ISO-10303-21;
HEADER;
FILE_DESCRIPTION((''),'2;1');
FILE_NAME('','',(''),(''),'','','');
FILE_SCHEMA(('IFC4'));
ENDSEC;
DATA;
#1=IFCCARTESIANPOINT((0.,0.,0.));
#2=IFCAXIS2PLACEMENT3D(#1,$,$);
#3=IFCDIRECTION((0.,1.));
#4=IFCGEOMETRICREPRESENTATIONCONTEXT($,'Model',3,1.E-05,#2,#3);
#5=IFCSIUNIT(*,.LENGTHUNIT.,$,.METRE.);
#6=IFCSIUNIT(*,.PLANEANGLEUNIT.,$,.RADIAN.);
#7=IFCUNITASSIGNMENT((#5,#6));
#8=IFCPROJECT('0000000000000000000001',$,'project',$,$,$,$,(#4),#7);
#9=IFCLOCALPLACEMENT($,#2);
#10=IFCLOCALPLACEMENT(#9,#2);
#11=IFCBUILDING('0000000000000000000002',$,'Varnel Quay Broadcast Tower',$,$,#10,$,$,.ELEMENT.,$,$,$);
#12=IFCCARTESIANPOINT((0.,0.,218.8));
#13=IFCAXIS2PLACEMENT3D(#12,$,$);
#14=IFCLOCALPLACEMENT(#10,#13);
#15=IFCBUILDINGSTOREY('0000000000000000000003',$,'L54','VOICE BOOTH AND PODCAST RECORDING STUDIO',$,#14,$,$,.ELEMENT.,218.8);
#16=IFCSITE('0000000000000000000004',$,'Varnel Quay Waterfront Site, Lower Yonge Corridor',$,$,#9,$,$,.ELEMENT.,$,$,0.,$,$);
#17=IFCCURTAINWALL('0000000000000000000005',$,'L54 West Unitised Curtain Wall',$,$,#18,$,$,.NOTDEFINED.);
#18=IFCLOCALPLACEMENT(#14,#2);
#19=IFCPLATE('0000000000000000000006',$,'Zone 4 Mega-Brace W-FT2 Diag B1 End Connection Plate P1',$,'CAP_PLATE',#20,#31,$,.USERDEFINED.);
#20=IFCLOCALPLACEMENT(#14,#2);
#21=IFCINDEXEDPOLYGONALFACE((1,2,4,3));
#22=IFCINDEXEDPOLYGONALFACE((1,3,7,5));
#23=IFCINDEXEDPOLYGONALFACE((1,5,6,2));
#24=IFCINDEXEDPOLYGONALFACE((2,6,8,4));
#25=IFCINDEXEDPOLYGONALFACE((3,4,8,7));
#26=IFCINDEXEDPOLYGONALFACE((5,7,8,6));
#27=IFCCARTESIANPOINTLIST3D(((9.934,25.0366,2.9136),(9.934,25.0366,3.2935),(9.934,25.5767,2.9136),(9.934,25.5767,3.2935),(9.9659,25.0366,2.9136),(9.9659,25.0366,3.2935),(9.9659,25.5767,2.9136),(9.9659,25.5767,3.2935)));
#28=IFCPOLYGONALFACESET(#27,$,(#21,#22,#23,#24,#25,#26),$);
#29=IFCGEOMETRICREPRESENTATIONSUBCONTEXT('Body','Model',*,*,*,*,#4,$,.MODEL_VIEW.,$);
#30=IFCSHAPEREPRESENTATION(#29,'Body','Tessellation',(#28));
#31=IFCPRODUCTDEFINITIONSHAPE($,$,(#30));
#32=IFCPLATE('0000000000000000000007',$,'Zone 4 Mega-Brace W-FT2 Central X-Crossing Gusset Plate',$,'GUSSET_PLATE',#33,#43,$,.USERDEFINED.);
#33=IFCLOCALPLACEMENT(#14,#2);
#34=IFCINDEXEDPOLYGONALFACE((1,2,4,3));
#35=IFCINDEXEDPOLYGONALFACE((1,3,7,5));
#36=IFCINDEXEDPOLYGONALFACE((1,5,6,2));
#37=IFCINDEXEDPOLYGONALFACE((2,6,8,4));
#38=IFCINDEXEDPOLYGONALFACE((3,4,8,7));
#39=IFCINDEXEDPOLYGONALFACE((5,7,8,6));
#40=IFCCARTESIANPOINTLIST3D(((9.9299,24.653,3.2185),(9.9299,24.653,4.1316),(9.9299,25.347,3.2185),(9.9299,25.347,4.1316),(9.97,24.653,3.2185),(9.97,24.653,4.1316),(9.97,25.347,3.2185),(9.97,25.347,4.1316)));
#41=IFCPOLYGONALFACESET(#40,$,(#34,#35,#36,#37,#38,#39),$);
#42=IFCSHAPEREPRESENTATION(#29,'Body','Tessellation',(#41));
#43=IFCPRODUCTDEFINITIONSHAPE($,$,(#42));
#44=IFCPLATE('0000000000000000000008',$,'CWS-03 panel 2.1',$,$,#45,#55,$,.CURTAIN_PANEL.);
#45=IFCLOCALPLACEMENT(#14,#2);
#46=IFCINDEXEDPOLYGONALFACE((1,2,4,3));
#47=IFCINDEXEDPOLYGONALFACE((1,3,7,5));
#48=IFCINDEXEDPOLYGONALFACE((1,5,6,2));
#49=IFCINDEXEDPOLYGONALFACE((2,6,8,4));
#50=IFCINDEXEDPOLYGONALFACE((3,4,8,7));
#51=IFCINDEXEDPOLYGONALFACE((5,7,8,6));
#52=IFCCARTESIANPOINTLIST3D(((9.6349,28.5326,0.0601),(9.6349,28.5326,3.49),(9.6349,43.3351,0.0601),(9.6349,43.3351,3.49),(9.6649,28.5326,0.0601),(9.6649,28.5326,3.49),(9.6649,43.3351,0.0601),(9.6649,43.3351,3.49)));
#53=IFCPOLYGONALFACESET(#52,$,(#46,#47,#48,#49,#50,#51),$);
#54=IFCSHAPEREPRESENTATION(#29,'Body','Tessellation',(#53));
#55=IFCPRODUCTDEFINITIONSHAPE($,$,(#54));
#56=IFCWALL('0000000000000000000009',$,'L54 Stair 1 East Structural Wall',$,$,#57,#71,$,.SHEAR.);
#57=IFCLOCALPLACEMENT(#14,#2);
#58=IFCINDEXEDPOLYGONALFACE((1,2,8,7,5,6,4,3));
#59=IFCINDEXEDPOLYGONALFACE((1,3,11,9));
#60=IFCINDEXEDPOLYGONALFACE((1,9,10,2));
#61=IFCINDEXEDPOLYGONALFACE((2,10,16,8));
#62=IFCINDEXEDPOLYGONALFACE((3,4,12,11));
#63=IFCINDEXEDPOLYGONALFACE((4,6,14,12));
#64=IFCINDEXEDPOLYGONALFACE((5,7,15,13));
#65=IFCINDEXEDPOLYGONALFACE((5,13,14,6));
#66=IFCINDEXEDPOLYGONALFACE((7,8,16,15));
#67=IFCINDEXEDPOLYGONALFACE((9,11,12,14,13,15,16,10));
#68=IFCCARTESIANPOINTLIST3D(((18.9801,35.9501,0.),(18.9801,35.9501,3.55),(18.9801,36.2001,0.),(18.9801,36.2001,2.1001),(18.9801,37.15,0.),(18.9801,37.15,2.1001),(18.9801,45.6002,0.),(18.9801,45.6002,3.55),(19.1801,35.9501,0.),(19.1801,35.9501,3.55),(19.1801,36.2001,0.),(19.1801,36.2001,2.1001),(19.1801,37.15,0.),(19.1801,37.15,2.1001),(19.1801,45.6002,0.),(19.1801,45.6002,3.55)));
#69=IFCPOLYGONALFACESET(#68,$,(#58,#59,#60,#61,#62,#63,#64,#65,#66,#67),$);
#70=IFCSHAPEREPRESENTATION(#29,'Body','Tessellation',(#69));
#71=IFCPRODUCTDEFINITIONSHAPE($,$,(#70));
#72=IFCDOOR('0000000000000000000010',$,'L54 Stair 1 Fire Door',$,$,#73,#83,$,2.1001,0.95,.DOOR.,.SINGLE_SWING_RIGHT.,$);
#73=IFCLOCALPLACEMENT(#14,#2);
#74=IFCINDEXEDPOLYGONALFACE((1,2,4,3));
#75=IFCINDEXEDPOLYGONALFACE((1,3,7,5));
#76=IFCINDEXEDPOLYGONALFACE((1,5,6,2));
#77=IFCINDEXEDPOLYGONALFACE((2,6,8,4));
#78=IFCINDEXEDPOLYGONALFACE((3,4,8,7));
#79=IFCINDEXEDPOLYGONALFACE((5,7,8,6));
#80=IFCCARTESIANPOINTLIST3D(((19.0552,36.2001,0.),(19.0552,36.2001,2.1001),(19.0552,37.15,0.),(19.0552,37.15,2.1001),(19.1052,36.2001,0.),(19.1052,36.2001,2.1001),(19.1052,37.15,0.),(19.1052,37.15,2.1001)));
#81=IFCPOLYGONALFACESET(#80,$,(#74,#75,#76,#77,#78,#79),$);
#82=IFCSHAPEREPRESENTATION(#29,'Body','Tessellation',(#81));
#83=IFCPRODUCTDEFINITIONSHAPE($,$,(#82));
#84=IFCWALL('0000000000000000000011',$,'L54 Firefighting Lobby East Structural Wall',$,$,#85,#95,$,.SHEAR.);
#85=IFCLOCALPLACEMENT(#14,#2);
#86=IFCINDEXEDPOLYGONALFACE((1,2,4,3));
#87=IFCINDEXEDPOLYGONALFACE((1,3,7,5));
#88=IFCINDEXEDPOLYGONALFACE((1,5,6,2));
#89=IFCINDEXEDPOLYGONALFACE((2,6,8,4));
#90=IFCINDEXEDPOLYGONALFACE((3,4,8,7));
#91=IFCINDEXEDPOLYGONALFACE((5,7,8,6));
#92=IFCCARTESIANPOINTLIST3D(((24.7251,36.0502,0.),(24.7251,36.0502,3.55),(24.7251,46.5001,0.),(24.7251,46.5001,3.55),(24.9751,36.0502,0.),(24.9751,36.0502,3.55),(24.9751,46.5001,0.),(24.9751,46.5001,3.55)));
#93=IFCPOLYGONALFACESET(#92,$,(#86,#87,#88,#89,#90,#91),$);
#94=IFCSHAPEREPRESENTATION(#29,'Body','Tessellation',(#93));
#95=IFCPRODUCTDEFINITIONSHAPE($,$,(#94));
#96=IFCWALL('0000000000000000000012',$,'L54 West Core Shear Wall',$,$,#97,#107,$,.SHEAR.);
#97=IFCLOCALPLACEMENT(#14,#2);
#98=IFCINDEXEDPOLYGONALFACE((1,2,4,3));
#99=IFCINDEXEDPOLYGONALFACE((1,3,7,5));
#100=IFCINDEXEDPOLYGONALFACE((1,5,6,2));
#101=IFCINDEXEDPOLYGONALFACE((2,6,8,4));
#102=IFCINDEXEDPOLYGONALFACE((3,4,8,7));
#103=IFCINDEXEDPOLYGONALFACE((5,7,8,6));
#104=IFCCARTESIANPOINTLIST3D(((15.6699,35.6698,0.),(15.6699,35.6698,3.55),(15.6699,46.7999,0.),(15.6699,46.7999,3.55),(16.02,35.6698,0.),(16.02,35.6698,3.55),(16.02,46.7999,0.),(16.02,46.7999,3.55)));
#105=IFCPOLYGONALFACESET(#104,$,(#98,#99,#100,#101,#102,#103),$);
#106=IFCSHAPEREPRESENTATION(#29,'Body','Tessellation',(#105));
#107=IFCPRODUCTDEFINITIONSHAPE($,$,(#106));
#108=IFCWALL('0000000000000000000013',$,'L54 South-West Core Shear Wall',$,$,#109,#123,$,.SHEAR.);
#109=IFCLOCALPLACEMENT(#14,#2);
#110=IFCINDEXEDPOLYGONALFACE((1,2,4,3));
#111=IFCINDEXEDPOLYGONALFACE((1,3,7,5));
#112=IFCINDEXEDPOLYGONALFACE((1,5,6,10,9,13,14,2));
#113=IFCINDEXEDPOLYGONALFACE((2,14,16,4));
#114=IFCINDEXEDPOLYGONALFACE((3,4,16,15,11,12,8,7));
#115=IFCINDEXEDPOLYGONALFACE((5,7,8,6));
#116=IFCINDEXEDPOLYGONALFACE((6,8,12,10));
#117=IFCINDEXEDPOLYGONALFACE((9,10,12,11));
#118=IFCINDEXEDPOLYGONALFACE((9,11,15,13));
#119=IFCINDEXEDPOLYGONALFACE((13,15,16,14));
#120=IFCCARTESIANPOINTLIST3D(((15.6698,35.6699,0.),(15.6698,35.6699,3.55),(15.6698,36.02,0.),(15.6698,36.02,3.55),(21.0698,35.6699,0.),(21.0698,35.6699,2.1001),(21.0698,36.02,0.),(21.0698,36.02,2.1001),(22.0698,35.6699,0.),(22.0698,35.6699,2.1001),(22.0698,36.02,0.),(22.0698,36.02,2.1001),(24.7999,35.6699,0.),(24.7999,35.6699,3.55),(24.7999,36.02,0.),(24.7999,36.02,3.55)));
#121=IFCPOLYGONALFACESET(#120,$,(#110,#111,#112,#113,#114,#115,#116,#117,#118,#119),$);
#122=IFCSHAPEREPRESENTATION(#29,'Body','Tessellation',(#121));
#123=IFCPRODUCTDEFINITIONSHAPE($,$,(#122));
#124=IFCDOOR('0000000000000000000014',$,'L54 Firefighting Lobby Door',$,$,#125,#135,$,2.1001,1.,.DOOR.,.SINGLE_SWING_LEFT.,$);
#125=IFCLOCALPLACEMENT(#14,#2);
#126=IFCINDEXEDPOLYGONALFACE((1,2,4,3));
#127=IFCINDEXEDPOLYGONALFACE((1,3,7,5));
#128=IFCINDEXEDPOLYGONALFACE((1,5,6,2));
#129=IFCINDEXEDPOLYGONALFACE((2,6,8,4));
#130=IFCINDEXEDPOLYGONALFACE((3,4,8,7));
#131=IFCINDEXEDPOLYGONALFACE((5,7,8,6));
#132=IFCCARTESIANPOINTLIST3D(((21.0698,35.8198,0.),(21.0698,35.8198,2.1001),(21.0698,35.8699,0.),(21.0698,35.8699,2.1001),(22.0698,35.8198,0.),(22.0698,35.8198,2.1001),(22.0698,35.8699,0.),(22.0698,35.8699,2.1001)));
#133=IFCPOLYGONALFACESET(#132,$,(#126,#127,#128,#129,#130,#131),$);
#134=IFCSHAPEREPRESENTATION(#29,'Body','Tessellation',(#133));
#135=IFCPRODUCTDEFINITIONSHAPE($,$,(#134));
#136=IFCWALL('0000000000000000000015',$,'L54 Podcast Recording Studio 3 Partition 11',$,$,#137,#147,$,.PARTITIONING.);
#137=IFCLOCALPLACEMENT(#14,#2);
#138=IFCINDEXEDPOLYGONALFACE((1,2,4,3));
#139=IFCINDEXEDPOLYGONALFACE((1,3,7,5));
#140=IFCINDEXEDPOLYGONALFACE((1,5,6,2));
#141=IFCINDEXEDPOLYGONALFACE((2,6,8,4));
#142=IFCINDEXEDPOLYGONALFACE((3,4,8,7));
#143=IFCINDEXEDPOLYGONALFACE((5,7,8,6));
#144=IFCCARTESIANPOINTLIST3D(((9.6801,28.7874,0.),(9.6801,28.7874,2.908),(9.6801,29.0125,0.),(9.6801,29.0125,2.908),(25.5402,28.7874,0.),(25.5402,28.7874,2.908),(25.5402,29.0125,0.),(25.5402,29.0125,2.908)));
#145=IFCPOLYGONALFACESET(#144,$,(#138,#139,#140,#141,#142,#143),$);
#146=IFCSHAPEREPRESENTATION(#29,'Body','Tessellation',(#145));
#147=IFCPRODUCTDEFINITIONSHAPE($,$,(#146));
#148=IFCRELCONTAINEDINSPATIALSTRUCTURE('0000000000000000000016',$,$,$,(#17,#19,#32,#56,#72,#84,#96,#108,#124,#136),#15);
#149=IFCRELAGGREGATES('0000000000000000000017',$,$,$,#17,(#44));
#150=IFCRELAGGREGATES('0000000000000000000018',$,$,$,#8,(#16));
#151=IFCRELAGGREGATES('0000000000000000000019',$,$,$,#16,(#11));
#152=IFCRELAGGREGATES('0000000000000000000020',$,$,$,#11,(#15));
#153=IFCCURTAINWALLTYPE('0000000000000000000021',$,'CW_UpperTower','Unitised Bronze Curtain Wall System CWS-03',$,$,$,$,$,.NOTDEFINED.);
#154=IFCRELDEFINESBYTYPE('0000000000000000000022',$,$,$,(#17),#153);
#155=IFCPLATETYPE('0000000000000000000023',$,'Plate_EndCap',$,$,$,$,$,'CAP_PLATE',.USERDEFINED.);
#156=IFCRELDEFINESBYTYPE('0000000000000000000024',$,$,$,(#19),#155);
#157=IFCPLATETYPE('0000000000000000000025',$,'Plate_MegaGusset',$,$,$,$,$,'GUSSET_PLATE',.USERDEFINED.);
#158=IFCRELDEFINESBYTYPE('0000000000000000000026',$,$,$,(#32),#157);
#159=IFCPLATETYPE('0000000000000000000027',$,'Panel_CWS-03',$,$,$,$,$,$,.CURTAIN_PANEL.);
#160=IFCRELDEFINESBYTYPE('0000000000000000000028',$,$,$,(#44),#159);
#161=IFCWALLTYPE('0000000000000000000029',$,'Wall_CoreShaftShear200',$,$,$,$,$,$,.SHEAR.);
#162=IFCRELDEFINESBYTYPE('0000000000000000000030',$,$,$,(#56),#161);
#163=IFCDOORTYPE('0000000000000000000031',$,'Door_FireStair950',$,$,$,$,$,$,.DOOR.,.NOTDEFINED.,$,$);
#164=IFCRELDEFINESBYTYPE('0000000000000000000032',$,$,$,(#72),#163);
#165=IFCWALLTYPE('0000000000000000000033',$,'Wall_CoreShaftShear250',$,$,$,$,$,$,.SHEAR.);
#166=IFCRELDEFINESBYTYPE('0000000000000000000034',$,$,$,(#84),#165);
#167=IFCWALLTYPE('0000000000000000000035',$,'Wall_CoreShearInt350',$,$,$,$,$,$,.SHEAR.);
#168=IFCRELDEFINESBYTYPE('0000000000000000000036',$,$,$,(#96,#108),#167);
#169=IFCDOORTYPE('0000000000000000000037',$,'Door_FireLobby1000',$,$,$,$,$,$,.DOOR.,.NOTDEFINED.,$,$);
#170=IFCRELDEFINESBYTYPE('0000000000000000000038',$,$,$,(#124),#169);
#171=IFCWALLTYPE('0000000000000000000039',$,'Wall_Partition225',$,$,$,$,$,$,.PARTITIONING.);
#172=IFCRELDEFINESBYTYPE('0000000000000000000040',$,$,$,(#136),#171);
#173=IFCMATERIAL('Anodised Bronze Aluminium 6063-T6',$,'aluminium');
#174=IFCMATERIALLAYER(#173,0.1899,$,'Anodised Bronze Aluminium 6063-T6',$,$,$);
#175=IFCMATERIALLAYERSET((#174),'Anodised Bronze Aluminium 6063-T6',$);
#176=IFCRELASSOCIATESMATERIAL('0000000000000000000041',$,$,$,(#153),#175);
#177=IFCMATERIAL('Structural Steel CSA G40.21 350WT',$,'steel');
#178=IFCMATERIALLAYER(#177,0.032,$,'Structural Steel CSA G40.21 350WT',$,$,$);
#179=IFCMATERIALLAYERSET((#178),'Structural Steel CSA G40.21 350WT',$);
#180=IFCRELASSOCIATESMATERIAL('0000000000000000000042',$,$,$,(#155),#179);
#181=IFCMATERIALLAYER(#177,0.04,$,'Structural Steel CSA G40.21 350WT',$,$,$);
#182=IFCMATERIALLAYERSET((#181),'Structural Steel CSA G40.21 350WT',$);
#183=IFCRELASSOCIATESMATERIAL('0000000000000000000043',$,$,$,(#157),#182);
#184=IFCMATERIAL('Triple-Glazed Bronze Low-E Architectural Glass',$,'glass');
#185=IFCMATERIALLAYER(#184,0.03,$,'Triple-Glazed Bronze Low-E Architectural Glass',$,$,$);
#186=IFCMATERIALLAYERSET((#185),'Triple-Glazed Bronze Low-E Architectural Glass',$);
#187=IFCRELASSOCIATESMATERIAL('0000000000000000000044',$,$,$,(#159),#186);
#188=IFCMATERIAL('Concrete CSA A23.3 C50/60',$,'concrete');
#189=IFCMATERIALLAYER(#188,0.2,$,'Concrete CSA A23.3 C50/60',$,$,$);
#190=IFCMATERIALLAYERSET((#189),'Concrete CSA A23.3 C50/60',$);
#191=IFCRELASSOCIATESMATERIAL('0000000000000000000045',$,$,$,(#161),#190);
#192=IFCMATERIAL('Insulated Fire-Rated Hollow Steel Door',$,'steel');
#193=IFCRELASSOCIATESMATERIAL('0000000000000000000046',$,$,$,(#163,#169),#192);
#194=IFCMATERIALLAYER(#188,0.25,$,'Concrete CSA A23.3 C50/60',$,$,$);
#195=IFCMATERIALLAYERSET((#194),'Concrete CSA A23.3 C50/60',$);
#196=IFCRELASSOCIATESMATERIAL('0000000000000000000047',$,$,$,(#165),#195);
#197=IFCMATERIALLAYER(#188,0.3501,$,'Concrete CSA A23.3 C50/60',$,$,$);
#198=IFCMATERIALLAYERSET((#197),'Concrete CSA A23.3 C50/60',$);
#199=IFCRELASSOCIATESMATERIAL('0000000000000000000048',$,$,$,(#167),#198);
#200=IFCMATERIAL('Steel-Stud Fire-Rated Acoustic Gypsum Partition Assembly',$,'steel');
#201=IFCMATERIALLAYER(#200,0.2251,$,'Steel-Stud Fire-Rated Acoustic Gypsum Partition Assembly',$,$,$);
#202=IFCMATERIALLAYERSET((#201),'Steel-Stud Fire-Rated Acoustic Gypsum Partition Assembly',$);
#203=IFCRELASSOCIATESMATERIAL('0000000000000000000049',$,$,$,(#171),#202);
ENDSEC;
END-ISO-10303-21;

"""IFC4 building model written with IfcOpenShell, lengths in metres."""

from ifc_helpers import new_model, si_unit, direction, frame, frame_2d, origin, origin_2d, place, context, subcontext, project, spatial, rectangle, extrude, source, transform, mapped, material, layer, layer_set, type_object, type_shapes, element, fill, aggregate, save


model = new_model("IFC4")

# Units and contexts
model_context = context("Model", 3, precision=1e-05, world=origin(), true_north=direction((0.0, 1.0)))
body_context = subcontext(model_context, "Body", "Model", "MODEL_VIEW")
ifc_project = project(units=[si_unit("LENGTHUNIT", "METRE"), si_unit("PLANEANGLEUNIT", "RADIAN")], contexts=[model_context])

# Site, building, storey
site_placement = place(None, origin())
site = spatial("IfcSite", under=ifc_project, at=site_placement, Name="Varnel Quay Waterfront Site, Lower Yonge Corridor", CompositionType="ELEMENT", RefElevation=0.0)
building_placement = place(site_placement, origin())
building = spatial("IfcBuilding", under=site, at=building_placement, Name="Varnel Quay Broadcast Tower", CompositionType="ELEMENT")
storey_placement = place(building_placement, frame((0.0, 0.0, 218.8)))
storey = spatial("IfcBuildingStorey", under=building, at=storey_placement, Name="L54", Description="VOICE BOOTH AND PODCAST RECORDING STUDIO", CompositionType="ELEMENT", Elevation=218.8)

# Shared definitions
ifc_material_1 = material(Name="Structural Steel CSA G40.21 350WT", Category="steel")

# Shared definitions
ifc_material_2 = material(Name="Concrete CSA A23.3 C50/60", Category="concrete")

# Curtain wall
ifc_material_3 = material(Name="Anodised Bronze Aluminium 6063-T6", Category="aluminium")
ifc_layer_1 = layer(ifc_material_3, 0.1899, Name="Anodised Bronze Aluminium 6063-T6")
ifc_layer_set_1 = layer_set([ifc_layer_1], Name="Anodised Bronze Aluminium 6063-T6")
curtain_wall_type = type_object("IfcCurtainWallType", Name="CW_UpperTower", Description="Unitised Bronze Curtain Wall System CWS-03", PredefinedType="NOTDEFINED", material=ifc_layer_set_1)
curtain_wall_placement = place(storey_placement, origin())
curtain_wall = element("IfcCurtainWall", 1, at=curtain_wall_placement, inside=storey, type_object=curtain_wall_type, Name="L54 West Unitised Curtain Wall", PredefinedType="NOTDEFINED")

# Plates
ifc_layer_2 = layer(ifc_material_1, 0.032, Name="Structural Steel CSA G40.21 350WT")
ifc_layer_set_2 = layer_set([ifc_layer_2], Name="Structural Steel CSA G40.21 350WT")
plate_type_1 = type_object("IfcPlateType", Name="Plate_EndCap", ElementType="CAP_PLATE", PredefinedType="USERDEFINED", material=ifc_layer_set_2)
shared_shape_1 = source(origin(), body_context, "Body", "SweptSolid", [
    extrude(rectangle(XDim=0.54, YDim=0.032, at=origin_2d()), origin(), (0.0, 0.0, 1.0), 0.3799),
])
type_shapes(plate_type_1, [shared_shape_1])
plate_1_placement = place(storey_placement, frame((9.95, 25.3066, 2.9136), z_axis=(0.0, 0.0, 1.0), x_axis=(0.0, 1.0, 0.0)))
element("IfcPlate", 2, at=plate_1_placement, inside=storey, type_object=plate_type_1, Name="Zone 4 Mega-Brace W-FT2 Diag B1 End Connection Plate P1", ObjectType="CAP_PLATE", PredefinedType="USERDEFINED", context=body_context, shape_type="MappedRepresentation", body=[
    mapped(shared_shape_1, transform((0.0, 0.0, 0.0), x_axis=(1.0, 0.0, 0.0), y_axis=(0.0, 1.0, 0.0), z_axis=(0.0, 0.0, 1.0), scale=1.0)),
])
ifc_layer_3 = layer(ifc_material_1, 0.04, Name="Structural Steel CSA G40.21 350WT")
ifc_layer_set_3 = layer_set([ifc_layer_3], Name="Structural Steel CSA G40.21 350WT")
plate_type_2 = type_object("IfcPlateType", Name="Plate_MegaGusset", ElementType="GUSSET_PLATE", PredefinedType="USERDEFINED", material=ifc_layer_set_3)
shared_shape_2 = source(origin(), body_context, "Body", "SweptSolid", [
    extrude(rectangle(XDim=0.6941, YDim=0.04, at=origin_2d()), origin(), (0.0, 0.0, 1.0), 0.9131),
])
type_shapes(plate_type_2, [shared_shape_2])
plate_2_placement = place(storey_placement, frame((9.95, 25.0, 3.2185), z_axis=(0.0, 0.0, 1.0), x_axis=(0.0, 1.0, 0.0)))
element("IfcPlate", 3, at=plate_2_placement, inside=storey, type_object=plate_type_2, Name="Zone 4 Mega-Brace W-FT2 Central X-Crossing Gusset Plate", ObjectType="GUSSET_PLATE", PredefinedType="USERDEFINED", context=body_context, shape_type="MappedRepresentation", body=[
    mapped(shared_shape_2, transform((0.0, 0.0, 0.0), x_axis=(1.0, 0.0, 0.0), y_axis=(0.0, 1.0, 0.0), z_axis=(0.0, 0.0, 1.0), scale=1.0)),
])

# Plate
ifc_material_4 = material(Name="Triple-Glazed Bronze Low-E Architectural Glass", Category="glass")
ifc_layer_4 = layer(ifc_material_4, 0.03, Name="Triple-Glazed Bronze Low-E Architectural Glass")
ifc_layer_set_4 = layer_set([ifc_layer_4], Name="Triple-Glazed Bronze Low-E Architectural Glass")
plate_type_3 = type_object("IfcPlateType", Name="Panel_CWS-03", PredefinedType="CURTAIN_PANEL", material=ifc_layer_set_4)
shared_shape_3 = source(origin(), body_context, "Body", "SweptSolid", [
    extrude(rectangle(XDim=14.8025, YDim=0.03, at=origin_2d()), origin(), (0.0, 0.0, 1.0), 3.4299),
])
type_shapes(plate_type_3, [shared_shape_3])
plate_3_placement = place(storey_placement, frame((9.6499, 35.9338, 0.0601), z_axis=(0.0, 0.0, 1.0), x_axis=(0.0, 1.0, 0.0)))
plate_3 = element("IfcPlate", 4, at=plate_3_placement, type_object=plate_type_3, Name="CWS-03 panel 2.1", PredefinedType="CURTAIN_PANEL", context=body_context, shape_type="MappedRepresentation", body=[
    mapped(shared_shape_3, transform((0.0, 0.0, 0.0), x_axis=(1.0, 0.0, 0.0), y_axis=(0.0, 1.0, 0.0), z_axis=(0.0, 0.0, 1.0), scale=1.0)),
])
aggregate(curtain_wall, [plate_3])

# Wall, opening, door
ifc_layer_5 = layer(ifc_material_2, 0.2, Name="Concrete CSA A23.3 C50/60")
ifc_layer_set_5 = layer_set([ifc_layer_5], Name="Concrete CSA A23.3 C50/60")
wall_type_1 = type_object("IfcWallType", Name="Wall_CoreShaftShear200", PredefinedType="SHEAR", material=ifc_layer_set_5)
wall_1_placement = place(storey_placement, frame((19.0801, 35.95, 0.0), z_axis=(0.0, 0.0, 1.0), x_axis=(0.0, 1.0, 0.0)))
wall_1 = element("IfcWall", 5, at=wall_1_placement, inside=storey, type_object=wall_type_1, Name="L54 Stair 1 East Structural Wall", PredefinedType="SHEAR", context=body_context, shape_type="SweptSolid", body=[
    extrude(rectangle(XDim=9.6501, YDim=0.2, at=frame_2d((4.8252, 0.0))), origin(), (0.0, 0.0, 1.0), 3.55),
])
opening_1_placement = place(wall_1_placement, frame((0.25, 0.0, 0.0)))
opening_1 = element("IfcOpeningElement", 6, at=opening_1_placement, cuts=wall_1, PredefinedType="OPENING", context=body_context, shape_type="SweptSolid", body=[
    extrude(rectangle(XDim=0.95, YDim=2.1001, at=frame_2d((0.4751, 1.05))), frame((0.0, 0.1099, 0.0), z_axis=(0.0, -1.0, 0.0), x_axis=(1.0, 0.0, 0.0)), (0.0, 0.0, 1.0), 0.22),
])
ifc_material_5 = material(Name="Insulated Fire-Rated Hollow Steel Door", Category="steel")
door_type_1 = type_object("IfcDoorType", Name="Door_FireStair950", OperationType="NOTDEFINED", PredefinedType="DOOR", material=ifc_material_5)
shared_shape_4 = source(origin(), body_context, "Body", "SweptSolid", [
    extrude(rectangle(XDim=0.95, YDim=2.1001, at=frame_2d((0.4751, 1.05))), frame((0.0, 0.0249, 0.0), z_axis=(0.0, -1.0, 0.0), x_axis=(1.0, 0.0, 0.0)), (0.0, 0.0, 1.0), 0.05),
])
type_shapes(door_type_1, [shared_shape_4])
door_1_placement = place(opening_1_placement, origin())
door_1 = element("IfcDoor", 7, at=door_1_placement, inside=storey, type_object=door_type_1, Name="L54 Stair 1 Fire Door", OperationType="SINGLE_SWING_RIGHT", OverallHeight=2.1001, OverallWidth=0.95, PredefinedType="DOOR", context=body_context, shape_type="MappedRepresentation", body=[
    mapped(shared_shape_4, transform((0.0, 0.0, 0.0), x_axis=(1.0, 0.0, 0.0), y_axis=(0.0, 1.0, 0.0), z_axis=(0.0, 0.0, 1.0), scale=1.0)),
])
fill(opening_1, door_1)

# Walls
ifc_layer_6 = layer(ifc_material_2, 0.25, Name="Concrete CSA A23.3 C50/60")
ifc_layer_set_6 = layer_set([ifc_layer_6], Name="Concrete CSA A23.3 C50/60")
wall_type_2 = type_object("IfcWallType", Name="Wall_CoreShaftShear250", PredefinedType="SHEAR", material=ifc_layer_set_6)
wall_2_placement = place(storey_placement, frame((24.8501, 36.05, 0.0), z_axis=(0.0, 0.0, 1.0), x_axis=(0.0, 1.0, 0.0)))
element("IfcWall", 8, at=wall_2_placement, inside=storey, type_object=wall_type_2, Name="L54 Firefighting Lobby East Structural Wall", PredefinedType="SHEAR", context=body_context, shape_type="SweptSolid", body=[
    extrude(rectangle(XDim=10.45, YDim=0.25, at=frame_2d((5.2251, 0.0))), origin(), (0.0, 0.0, 1.0), 3.55),
])
ifc_layer_7 = layer(ifc_material_2, 0.3501, Name="Concrete CSA A23.3 C50/60")
ifc_layer_set_7 = layer_set([ifc_layer_7], Name="Concrete CSA A23.3 C50/60")
wall_type_3 = type_object("IfcWallType", Name="Wall_CoreShearInt350", PredefinedType="SHEAR", material=ifc_layer_set_7)
wall_3_placement = place(storey_placement, frame((15.845, 35.6699, 0.0), z_axis=(0.0, 0.0, 1.0), x_axis=(0.0, 1.0, 0.0)))
element("IfcWall", 9, at=wall_3_placement, inside=storey, type_object=wall_type_3, Name="L54 West Core Shear Wall", PredefinedType="SHEAR", context=body_context, shape_type="SweptSolid", body=[
    extrude(rectangle(XDim=11.1301, YDim=0.3501, at=frame_2d((5.5649, 0.0))), origin(), (0.0, 0.0, 1.0), 3.55),
])

# Wall, opening, door
wall_4_placement = place(storey_placement, frame((15.6699, 35.845, 0.0), z_axis=(0.0, 0.0, 1.0), x_axis=(1.0, 0.0, 0.0)))
wall_4 = element("IfcWall", 10, at=wall_4_placement, inside=storey, type_object=wall_type_3, Name="L54 South-West Core Shear Wall", PredefinedType="SHEAR", context=body_context, shape_type="SweptSolid", body=[
    extrude(rectangle(XDim=9.1301, YDim=0.3501, at=frame_2d((4.5649, 0.0))), origin(), (0.0, 0.0, 1.0), 3.55),
])
opening_2_placement = place(wall_4_placement, frame((5.3999, 0.0, 0.0)))
opening_2 = element("IfcOpeningElement", 11, at=opening_2_placement, cuts=wall_4, PredefinedType="OPENING", context=body_context, shape_type="SweptSolid", body=[
    extrude(rectangle(XDim=1.0, YDim=2.1001, at=frame_2d((0.5, 1.05))), frame((0.0, 0.1851, 0.0), z_axis=(0.0, -1.0, 0.0), x_axis=(1.0, 0.0, 0.0)), (0.0, 0.0, 1.0), 0.3701),
])
door_type_2 = type_object("IfcDoorType", Name="Door_FireLobby1000", OperationType="NOTDEFINED", PredefinedType="DOOR", material=ifc_material_5)
shared_shape_5 = source(origin(), body_context, "Body", "SweptSolid", [
    extrude(rectangle(XDim=1.0, YDim=2.1001, at=frame_2d((0.5, 1.05))), frame((0.0, 0.0249, 0.0), z_axis=(0.0, -1.0, 0.0), x_axis=(1.0, 0.0, 0.0)), (0.0, 0.0, 1.0), 0.05),
])
type_shapes(door_type_2, [shared_shape_5])
door_2_placement = place(opening_2_placement, origin())
door_2 = element("IfcDoor", 12, at=door_2_placement, inside=storey, type_object=door_type_2, Name="L54 Firefighting Lobby Door", OperationType="SINGLE_SWING_LEFT", OverallHeight=2.1001, OverallWidth=1.0, PredefinedType="DOOR", context=body_context, shape_type="MappedRepresentation", body=[
    mapped(shared_shape_5, transform((0.0, 0.0, 0.0), x_axis=(1.0, 0.0, 0.0), y_axis=(0.0, 1.0, 0.0), z_axis=(0.0, 0.0, 1.0), scale=1.0)),
])
fill(opening_2, door_2)

# Wall
ifc_material_6 = material(Name="Steel-Stud Fire-Rated Acoustic Gypsum Partition Assembly", Category="steel")
ifc_layer_8 = layer(ifc_material_6, 0.2251, Name="Steel-Stud Fire-Rated Acoustic Gypsum Partition Assembly")
ifc_layer_set_8 = layer_set([ifc_layer_8], Name="Steel-Stud Fire-Rated Acoustic Gypsum Partition Assembly")
wall_type_4 = type_object("IfcWallType", Name="Wall_Partition225", PredefinedType="PARTITIONING", material=ifc_layer_set_8)
wall_5_placement = place(storey_placement, frame((9.6799, 28.8999, 0.0), z_axis=(0.0, 0.0, 1.0), x_axis=(1.0, 0.0, 0.0)))
element("IfcWall", 13, at=wall_5_placement, inside=storey, type_object=wall_type_4, Name="L54 Podcast Recording Studio 3 Partition 11", PredefinedType="PARTITIONING", context=body_context, shape_type="SweptSolid", body=[
    extrude(rectangle(XDim=15.8601, YDim=0.2251, at=frame_2d((7.9302, 0.0))), origin(), (0.0, 0.0, 1.0), 2.908),
])

save(model, "model.ifc")
